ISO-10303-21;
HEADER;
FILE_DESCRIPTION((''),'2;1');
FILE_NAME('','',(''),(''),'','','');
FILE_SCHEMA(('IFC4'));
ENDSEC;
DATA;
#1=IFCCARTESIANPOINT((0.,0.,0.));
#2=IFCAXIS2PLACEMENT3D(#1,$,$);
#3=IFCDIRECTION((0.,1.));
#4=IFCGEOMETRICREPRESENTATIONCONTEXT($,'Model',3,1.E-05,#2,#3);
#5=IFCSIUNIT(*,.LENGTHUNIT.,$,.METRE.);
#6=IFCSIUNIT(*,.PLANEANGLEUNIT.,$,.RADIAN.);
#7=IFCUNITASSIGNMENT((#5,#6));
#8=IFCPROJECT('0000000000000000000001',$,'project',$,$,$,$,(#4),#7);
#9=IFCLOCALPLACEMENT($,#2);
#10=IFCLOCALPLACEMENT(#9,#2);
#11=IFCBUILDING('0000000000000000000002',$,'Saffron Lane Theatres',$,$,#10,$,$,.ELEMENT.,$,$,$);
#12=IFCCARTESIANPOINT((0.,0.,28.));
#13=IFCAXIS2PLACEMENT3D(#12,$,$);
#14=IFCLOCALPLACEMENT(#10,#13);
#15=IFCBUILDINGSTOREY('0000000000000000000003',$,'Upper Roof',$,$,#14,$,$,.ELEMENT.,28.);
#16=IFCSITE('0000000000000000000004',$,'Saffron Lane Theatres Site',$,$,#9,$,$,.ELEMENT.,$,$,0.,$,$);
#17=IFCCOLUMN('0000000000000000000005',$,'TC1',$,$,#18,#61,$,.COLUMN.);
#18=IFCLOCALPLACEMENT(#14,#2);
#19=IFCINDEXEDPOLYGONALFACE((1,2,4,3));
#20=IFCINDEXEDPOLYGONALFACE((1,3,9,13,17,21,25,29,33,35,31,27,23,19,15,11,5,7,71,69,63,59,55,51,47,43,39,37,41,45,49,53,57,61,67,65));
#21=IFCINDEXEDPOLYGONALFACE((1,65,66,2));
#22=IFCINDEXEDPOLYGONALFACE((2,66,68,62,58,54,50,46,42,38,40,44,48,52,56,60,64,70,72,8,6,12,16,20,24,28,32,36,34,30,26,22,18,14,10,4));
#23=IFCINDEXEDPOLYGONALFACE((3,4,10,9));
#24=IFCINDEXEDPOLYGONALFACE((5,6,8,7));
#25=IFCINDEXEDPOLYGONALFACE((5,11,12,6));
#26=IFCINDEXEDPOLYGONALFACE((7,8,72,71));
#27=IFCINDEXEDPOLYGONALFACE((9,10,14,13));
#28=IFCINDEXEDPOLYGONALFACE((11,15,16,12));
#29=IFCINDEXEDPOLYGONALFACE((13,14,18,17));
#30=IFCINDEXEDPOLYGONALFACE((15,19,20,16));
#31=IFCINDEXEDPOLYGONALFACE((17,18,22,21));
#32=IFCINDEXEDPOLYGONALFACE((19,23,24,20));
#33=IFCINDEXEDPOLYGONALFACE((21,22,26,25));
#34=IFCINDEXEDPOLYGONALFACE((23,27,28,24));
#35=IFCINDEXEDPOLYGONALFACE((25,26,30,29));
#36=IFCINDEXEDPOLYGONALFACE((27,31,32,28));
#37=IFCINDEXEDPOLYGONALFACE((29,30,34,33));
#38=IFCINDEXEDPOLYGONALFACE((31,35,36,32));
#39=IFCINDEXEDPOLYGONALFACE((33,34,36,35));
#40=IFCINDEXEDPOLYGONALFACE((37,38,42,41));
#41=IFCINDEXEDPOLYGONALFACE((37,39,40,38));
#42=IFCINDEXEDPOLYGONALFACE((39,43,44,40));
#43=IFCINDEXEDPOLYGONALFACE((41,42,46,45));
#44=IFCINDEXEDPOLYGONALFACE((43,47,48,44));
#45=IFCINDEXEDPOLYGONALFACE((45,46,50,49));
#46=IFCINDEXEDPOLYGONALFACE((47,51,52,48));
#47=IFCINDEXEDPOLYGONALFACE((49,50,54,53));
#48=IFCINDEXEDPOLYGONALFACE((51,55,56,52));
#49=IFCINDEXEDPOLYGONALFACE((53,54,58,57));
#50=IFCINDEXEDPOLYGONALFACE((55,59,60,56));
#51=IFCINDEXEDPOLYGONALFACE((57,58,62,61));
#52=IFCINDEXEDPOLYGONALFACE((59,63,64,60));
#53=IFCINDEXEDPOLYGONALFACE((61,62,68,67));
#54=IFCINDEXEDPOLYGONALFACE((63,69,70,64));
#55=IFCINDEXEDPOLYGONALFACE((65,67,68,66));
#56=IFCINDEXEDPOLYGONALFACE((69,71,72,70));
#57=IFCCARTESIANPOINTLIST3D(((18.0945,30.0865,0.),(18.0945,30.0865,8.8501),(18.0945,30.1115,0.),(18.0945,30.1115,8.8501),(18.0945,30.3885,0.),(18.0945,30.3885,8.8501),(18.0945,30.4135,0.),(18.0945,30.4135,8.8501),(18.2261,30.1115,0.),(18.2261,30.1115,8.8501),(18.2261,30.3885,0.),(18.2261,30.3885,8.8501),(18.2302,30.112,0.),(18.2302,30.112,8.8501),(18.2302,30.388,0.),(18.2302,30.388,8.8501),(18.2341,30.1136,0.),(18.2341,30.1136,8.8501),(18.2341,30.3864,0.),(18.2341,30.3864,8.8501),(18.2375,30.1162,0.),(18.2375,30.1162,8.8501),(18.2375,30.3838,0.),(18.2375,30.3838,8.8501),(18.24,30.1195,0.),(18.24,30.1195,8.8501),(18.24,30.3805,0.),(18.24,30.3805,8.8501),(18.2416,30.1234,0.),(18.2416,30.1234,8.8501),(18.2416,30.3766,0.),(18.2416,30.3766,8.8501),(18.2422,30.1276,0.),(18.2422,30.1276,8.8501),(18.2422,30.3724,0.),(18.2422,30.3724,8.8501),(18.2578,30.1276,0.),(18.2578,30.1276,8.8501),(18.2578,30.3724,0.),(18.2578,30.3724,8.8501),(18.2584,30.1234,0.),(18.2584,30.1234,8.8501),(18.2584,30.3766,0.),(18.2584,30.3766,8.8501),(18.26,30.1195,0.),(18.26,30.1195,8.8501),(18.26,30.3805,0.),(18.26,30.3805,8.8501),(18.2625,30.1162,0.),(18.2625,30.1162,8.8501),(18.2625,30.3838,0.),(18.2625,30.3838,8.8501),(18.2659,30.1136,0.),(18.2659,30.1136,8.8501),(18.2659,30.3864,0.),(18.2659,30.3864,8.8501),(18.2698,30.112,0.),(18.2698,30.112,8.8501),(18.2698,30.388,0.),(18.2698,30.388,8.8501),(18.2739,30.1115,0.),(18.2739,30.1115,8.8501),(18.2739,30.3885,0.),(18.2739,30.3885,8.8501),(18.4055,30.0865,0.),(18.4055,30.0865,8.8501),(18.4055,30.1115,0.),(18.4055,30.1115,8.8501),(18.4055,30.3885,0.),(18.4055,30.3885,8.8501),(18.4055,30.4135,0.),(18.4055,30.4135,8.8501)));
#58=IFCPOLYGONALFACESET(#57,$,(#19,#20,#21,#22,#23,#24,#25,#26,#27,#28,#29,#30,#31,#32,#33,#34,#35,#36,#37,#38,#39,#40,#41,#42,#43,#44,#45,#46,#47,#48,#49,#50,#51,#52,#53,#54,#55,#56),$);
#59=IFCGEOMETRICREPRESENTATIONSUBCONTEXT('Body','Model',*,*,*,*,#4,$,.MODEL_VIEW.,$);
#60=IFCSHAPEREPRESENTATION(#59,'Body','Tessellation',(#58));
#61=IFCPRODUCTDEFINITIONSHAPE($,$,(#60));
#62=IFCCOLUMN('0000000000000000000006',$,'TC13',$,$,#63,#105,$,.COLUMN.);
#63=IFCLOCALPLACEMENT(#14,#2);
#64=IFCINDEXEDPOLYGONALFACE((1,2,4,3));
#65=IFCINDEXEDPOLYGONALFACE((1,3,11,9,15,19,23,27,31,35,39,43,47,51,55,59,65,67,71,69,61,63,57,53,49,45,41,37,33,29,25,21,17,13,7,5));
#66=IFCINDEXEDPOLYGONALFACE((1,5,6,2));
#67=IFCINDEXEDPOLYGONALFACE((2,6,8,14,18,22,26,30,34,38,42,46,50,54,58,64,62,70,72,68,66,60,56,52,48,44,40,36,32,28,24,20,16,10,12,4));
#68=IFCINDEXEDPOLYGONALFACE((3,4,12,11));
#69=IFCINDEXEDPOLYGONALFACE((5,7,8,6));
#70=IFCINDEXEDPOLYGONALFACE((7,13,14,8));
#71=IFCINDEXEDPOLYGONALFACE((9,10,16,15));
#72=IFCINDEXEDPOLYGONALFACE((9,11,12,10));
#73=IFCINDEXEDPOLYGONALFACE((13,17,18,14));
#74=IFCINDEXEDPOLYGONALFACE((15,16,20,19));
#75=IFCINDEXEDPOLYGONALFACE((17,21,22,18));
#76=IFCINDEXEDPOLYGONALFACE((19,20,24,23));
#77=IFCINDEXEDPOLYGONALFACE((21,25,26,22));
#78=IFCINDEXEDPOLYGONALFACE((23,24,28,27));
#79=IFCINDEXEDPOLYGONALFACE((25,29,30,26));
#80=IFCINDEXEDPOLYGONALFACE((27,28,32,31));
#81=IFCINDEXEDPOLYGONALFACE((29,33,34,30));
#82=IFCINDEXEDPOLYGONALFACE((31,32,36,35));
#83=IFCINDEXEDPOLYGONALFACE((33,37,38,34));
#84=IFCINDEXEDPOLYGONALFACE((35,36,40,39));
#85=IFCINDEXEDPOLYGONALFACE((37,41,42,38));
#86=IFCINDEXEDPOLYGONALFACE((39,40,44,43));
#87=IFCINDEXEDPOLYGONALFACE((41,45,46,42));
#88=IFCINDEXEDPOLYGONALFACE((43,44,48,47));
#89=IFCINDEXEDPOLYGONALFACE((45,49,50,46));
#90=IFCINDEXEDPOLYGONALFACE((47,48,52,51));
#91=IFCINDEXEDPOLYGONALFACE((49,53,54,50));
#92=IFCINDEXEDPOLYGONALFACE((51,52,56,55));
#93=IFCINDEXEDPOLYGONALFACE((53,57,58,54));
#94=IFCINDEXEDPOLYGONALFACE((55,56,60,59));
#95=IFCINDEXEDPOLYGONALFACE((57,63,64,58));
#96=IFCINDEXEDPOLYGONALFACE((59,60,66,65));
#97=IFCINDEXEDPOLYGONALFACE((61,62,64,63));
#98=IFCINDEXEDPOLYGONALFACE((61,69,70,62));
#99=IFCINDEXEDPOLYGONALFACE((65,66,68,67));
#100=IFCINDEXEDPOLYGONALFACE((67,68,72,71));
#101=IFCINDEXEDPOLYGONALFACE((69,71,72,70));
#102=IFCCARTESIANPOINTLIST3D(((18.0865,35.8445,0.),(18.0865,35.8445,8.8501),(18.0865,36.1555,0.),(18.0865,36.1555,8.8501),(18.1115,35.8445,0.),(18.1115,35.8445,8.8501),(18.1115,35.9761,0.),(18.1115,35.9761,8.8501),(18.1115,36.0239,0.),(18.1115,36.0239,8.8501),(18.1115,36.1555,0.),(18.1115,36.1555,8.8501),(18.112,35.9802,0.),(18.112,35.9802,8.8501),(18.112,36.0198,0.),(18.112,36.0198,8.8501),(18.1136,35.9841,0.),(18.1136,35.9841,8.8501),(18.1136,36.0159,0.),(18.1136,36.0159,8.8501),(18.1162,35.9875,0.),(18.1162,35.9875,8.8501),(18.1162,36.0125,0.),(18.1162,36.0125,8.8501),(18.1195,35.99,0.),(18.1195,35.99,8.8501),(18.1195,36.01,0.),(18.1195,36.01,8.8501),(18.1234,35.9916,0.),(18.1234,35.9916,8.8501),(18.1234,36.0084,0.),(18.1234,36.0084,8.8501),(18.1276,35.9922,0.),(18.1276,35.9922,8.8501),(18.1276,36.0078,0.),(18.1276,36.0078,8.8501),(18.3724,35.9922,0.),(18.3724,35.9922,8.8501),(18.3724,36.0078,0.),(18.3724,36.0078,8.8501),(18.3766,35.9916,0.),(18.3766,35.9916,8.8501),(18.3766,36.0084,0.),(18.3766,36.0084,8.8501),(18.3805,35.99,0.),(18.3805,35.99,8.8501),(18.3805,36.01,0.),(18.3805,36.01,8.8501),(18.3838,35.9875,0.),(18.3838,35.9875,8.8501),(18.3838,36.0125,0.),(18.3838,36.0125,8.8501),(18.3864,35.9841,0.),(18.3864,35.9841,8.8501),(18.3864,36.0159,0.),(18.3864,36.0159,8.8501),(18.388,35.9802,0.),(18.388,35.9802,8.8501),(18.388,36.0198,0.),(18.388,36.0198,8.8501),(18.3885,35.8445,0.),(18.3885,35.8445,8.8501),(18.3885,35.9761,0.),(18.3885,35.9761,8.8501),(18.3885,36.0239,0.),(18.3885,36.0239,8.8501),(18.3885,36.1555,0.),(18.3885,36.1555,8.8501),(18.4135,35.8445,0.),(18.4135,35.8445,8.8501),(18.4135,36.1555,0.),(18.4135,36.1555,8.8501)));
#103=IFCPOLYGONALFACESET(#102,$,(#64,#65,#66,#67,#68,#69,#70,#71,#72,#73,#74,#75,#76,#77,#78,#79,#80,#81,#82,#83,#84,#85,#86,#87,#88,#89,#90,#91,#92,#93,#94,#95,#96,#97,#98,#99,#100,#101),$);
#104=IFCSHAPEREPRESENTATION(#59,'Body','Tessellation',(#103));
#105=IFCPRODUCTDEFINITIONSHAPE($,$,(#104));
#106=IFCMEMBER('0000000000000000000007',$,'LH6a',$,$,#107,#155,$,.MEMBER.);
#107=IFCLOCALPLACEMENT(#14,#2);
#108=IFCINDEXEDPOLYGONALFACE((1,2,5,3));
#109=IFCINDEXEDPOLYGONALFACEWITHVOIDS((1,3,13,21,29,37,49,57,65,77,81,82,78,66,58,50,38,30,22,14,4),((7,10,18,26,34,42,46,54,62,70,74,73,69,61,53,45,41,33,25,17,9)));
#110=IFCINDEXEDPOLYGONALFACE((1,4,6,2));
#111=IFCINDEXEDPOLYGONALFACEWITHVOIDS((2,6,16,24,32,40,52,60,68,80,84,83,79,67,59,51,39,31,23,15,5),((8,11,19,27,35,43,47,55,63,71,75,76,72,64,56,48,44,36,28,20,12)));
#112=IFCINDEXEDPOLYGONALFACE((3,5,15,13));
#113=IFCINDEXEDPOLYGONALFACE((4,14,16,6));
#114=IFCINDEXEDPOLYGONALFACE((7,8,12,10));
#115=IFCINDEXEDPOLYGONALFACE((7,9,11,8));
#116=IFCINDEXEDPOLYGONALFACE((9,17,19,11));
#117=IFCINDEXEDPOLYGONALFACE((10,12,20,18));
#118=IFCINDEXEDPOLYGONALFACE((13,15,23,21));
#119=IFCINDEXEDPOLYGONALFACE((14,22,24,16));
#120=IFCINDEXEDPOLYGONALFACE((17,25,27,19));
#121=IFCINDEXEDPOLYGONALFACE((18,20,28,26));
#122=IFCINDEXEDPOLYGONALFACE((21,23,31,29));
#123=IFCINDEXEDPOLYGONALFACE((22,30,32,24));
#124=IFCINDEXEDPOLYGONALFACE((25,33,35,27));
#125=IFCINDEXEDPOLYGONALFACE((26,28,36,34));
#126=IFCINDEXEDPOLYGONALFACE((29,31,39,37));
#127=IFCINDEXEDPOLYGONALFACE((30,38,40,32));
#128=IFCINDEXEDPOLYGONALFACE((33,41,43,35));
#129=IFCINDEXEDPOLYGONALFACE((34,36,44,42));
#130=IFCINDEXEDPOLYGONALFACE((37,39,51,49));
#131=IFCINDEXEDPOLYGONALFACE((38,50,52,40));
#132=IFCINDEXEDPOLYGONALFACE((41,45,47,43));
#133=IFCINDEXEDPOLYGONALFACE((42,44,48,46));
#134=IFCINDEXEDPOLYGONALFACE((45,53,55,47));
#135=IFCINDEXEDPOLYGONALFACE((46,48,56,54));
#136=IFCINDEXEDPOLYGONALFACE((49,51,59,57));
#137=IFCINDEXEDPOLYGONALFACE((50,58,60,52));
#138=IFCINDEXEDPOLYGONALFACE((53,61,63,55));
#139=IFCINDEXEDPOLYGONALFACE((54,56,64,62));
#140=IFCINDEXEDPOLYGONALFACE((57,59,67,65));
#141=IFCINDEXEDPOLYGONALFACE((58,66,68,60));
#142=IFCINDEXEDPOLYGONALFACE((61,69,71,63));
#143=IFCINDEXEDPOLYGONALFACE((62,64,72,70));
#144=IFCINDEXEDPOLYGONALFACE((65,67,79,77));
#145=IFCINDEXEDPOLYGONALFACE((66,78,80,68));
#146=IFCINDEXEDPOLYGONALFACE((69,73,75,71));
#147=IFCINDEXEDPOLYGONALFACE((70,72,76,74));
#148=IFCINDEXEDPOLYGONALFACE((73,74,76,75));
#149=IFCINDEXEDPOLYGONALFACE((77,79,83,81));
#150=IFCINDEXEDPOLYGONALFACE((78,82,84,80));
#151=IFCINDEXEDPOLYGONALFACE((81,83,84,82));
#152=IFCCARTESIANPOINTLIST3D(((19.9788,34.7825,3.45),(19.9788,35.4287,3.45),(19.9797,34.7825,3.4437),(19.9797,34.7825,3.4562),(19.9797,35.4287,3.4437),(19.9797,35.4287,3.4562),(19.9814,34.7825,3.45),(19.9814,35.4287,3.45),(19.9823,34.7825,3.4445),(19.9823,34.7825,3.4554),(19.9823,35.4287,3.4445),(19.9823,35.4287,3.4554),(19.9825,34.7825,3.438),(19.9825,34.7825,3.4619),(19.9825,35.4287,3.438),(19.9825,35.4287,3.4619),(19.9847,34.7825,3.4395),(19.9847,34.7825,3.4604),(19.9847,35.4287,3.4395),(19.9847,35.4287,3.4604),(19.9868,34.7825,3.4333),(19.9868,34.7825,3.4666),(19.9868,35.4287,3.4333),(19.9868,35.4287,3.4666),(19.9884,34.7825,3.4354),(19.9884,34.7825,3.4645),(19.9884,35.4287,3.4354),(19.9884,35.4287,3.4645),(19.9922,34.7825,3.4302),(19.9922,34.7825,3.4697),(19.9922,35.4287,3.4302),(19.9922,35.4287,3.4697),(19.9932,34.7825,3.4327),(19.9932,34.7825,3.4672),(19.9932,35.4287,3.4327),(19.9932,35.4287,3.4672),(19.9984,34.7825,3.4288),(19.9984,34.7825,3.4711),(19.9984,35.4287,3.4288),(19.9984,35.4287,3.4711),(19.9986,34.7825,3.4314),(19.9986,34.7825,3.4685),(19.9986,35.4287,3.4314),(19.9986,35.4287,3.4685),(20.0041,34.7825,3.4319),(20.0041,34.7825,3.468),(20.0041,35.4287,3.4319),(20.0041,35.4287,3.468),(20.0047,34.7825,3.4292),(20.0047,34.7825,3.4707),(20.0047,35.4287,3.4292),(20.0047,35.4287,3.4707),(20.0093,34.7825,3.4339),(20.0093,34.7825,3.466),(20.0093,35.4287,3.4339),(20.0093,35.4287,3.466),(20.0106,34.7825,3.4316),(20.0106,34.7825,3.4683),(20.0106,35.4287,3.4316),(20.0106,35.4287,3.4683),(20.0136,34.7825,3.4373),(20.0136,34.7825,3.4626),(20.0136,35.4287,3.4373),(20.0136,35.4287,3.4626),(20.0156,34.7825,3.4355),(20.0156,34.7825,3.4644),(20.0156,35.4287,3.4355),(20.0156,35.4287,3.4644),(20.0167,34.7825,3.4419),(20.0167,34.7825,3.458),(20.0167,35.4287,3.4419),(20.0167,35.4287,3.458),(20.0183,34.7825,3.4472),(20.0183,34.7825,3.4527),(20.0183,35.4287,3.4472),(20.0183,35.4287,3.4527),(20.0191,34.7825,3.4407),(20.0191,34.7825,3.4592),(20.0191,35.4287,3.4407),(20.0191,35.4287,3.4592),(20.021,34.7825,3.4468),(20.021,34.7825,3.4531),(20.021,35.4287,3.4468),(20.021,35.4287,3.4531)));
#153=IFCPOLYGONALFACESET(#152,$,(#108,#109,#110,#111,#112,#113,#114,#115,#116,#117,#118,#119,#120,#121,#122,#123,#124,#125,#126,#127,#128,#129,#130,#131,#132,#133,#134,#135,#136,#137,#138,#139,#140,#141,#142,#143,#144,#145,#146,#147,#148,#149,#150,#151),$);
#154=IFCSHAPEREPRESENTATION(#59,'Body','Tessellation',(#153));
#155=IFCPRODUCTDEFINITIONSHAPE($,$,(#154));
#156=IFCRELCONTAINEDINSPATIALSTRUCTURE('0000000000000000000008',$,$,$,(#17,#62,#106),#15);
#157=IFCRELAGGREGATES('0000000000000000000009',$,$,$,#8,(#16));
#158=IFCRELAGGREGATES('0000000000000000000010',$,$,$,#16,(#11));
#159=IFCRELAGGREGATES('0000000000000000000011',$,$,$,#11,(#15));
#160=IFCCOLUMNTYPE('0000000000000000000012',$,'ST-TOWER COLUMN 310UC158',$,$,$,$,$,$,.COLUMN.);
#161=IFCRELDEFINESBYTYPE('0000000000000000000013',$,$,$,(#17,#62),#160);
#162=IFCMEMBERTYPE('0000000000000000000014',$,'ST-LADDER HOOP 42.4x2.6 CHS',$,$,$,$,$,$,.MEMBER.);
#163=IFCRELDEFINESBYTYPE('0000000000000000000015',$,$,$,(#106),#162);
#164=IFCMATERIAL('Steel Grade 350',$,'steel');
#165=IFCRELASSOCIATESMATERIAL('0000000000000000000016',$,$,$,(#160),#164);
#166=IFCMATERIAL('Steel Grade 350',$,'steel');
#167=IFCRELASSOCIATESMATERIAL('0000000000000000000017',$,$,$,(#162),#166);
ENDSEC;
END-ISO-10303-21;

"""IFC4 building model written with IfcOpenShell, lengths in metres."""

from ifc_helpers import new_model, si_unit, direction, frame, origin, origin_2d, place, context, subcontext, project, spatial, hollow_circle, i_section, extrude, material, material_profile, profile_set, type_object, element, save


model = new_model("IFC4")

# Units and contexts
model_context = context("Model", 3, precision=1e-05, world=origin(), true_north=direction((0.0, 1.0)))
body_context = subcontext(model_context, "Body", "Model", "MODEL_VIEW")
ifc_project = project(units=[si_unit("LENGTHUNIT", "METRE"), si_unit("PLANEANGLEUNIT", "RADIAN")], contexts=[model_context])

# Site, building, storey
site_placement = place(None, origin())
site = spatial("IfcSite", under=ifc_project, at=site_placement, Name="Saffron Lane Theatres Site", CompositionType="ELEMENT", RefElevation=0.0)
building_placement = place(site_placement, origin())
building = spatial("IfcBuilding", under=site, at=building_placement, Name="Saffron Lane Theatres", CompositionType="ELEMENT")
storey_placement = place(building_placement, frame((0.0, 0.0, 28.0)))
storey = spatial("IfcBuildingStorey", under=building, at=storey_placement, Name="Upper Roof", CompositionType="ELEMENT", Elevation=28.0)

# Columns
ifc_material_1 = material(Name="Steel Grade 350", Category="steel")
ifc_material_profile_1 = material_profile(ifc_material_1, i_section(OverallWidth=0.311, OverallDepth=0.3269, WebThickness=0.0156, FlangeThickness=0.0249, FilletRadius=0.0161, at=origin_2d()))
ifc_profile_set_1 = profile_set([ifc_material_profile_1], Name="Steel Grade 350")
column_type = type_object("IfcColumnType", Name="ST-TOWER COLUMN 310UC158", PredefinedType="COLUMN", material=ifc_profile_set_1)
for number, where, z_axis, x_axis, name in (
    (1, (18.25, 30.25, 0.0), (0.0, 0.0, 1.0), (1.0, 0.0, 0.0), "TC1"),
    (2, (18.25, 36.0, 0.0), (0.0, 0.0, 1.0), (0.0, 1.0, 0.0), "TC13"),
):
    element("IfcColumn", number, at=place(storey_placement, frame(where, z_axis=z_axis, x_axis=x_axis)), inside=storey, type_object=column_type, Name=name, PredefinedType="COLUMN", context=body_context, shape_type="SweptSolid", body=[
        extrude(i_section(OverallWidth=0.311, OverallDepth=0.3269, WebThickness=0.0156, FlangeThickness=0.0249, FilletRadius=0.0161, at=origin_2d()), origin(), (0.0, 0.0, 1.0), 8.8501),
    ])

# Member
ifc_material_2 = material(Name="Steel Grade 350", Category="steel")
ifc_material_profile_2 = material_profile(ifc_material_2, hollow_circle(Radius=0.0212, WallThickness=0.0027, at=origin_2d()))
ifc_profile_set_2 = profile_set([ifc_material_profile_2], Name="Steel Grade 350")
member_type_1 = type_object("IfcMemberType", Name="ST-LADDER HOOP 42.4x2.6 CHS", PredefinedType="MEMBER", material=ifc_profile_set_2)
member_1_placement = place(storey_placement, frame((20.0, 34.7825, 3.45), z_axis=(0.0, 1.0, 0.0), x_axis=(-1.0, 0.0, 0.0)))
element("IfcMember", 3, at=member_1_placement, inside=storey, type_object=member_type_1, Name="LH6a", PredefinedType="MEMBER", context=body_context, shape_type="SweptSolid", body=[
    extrude(hollow_circle(Radius=0.0212, WallThickness=0.0027, at=origin_2d()), origin(), (0.0, 0.0, 1.0), 0.6462),
])

save(model, "model.ifc")
